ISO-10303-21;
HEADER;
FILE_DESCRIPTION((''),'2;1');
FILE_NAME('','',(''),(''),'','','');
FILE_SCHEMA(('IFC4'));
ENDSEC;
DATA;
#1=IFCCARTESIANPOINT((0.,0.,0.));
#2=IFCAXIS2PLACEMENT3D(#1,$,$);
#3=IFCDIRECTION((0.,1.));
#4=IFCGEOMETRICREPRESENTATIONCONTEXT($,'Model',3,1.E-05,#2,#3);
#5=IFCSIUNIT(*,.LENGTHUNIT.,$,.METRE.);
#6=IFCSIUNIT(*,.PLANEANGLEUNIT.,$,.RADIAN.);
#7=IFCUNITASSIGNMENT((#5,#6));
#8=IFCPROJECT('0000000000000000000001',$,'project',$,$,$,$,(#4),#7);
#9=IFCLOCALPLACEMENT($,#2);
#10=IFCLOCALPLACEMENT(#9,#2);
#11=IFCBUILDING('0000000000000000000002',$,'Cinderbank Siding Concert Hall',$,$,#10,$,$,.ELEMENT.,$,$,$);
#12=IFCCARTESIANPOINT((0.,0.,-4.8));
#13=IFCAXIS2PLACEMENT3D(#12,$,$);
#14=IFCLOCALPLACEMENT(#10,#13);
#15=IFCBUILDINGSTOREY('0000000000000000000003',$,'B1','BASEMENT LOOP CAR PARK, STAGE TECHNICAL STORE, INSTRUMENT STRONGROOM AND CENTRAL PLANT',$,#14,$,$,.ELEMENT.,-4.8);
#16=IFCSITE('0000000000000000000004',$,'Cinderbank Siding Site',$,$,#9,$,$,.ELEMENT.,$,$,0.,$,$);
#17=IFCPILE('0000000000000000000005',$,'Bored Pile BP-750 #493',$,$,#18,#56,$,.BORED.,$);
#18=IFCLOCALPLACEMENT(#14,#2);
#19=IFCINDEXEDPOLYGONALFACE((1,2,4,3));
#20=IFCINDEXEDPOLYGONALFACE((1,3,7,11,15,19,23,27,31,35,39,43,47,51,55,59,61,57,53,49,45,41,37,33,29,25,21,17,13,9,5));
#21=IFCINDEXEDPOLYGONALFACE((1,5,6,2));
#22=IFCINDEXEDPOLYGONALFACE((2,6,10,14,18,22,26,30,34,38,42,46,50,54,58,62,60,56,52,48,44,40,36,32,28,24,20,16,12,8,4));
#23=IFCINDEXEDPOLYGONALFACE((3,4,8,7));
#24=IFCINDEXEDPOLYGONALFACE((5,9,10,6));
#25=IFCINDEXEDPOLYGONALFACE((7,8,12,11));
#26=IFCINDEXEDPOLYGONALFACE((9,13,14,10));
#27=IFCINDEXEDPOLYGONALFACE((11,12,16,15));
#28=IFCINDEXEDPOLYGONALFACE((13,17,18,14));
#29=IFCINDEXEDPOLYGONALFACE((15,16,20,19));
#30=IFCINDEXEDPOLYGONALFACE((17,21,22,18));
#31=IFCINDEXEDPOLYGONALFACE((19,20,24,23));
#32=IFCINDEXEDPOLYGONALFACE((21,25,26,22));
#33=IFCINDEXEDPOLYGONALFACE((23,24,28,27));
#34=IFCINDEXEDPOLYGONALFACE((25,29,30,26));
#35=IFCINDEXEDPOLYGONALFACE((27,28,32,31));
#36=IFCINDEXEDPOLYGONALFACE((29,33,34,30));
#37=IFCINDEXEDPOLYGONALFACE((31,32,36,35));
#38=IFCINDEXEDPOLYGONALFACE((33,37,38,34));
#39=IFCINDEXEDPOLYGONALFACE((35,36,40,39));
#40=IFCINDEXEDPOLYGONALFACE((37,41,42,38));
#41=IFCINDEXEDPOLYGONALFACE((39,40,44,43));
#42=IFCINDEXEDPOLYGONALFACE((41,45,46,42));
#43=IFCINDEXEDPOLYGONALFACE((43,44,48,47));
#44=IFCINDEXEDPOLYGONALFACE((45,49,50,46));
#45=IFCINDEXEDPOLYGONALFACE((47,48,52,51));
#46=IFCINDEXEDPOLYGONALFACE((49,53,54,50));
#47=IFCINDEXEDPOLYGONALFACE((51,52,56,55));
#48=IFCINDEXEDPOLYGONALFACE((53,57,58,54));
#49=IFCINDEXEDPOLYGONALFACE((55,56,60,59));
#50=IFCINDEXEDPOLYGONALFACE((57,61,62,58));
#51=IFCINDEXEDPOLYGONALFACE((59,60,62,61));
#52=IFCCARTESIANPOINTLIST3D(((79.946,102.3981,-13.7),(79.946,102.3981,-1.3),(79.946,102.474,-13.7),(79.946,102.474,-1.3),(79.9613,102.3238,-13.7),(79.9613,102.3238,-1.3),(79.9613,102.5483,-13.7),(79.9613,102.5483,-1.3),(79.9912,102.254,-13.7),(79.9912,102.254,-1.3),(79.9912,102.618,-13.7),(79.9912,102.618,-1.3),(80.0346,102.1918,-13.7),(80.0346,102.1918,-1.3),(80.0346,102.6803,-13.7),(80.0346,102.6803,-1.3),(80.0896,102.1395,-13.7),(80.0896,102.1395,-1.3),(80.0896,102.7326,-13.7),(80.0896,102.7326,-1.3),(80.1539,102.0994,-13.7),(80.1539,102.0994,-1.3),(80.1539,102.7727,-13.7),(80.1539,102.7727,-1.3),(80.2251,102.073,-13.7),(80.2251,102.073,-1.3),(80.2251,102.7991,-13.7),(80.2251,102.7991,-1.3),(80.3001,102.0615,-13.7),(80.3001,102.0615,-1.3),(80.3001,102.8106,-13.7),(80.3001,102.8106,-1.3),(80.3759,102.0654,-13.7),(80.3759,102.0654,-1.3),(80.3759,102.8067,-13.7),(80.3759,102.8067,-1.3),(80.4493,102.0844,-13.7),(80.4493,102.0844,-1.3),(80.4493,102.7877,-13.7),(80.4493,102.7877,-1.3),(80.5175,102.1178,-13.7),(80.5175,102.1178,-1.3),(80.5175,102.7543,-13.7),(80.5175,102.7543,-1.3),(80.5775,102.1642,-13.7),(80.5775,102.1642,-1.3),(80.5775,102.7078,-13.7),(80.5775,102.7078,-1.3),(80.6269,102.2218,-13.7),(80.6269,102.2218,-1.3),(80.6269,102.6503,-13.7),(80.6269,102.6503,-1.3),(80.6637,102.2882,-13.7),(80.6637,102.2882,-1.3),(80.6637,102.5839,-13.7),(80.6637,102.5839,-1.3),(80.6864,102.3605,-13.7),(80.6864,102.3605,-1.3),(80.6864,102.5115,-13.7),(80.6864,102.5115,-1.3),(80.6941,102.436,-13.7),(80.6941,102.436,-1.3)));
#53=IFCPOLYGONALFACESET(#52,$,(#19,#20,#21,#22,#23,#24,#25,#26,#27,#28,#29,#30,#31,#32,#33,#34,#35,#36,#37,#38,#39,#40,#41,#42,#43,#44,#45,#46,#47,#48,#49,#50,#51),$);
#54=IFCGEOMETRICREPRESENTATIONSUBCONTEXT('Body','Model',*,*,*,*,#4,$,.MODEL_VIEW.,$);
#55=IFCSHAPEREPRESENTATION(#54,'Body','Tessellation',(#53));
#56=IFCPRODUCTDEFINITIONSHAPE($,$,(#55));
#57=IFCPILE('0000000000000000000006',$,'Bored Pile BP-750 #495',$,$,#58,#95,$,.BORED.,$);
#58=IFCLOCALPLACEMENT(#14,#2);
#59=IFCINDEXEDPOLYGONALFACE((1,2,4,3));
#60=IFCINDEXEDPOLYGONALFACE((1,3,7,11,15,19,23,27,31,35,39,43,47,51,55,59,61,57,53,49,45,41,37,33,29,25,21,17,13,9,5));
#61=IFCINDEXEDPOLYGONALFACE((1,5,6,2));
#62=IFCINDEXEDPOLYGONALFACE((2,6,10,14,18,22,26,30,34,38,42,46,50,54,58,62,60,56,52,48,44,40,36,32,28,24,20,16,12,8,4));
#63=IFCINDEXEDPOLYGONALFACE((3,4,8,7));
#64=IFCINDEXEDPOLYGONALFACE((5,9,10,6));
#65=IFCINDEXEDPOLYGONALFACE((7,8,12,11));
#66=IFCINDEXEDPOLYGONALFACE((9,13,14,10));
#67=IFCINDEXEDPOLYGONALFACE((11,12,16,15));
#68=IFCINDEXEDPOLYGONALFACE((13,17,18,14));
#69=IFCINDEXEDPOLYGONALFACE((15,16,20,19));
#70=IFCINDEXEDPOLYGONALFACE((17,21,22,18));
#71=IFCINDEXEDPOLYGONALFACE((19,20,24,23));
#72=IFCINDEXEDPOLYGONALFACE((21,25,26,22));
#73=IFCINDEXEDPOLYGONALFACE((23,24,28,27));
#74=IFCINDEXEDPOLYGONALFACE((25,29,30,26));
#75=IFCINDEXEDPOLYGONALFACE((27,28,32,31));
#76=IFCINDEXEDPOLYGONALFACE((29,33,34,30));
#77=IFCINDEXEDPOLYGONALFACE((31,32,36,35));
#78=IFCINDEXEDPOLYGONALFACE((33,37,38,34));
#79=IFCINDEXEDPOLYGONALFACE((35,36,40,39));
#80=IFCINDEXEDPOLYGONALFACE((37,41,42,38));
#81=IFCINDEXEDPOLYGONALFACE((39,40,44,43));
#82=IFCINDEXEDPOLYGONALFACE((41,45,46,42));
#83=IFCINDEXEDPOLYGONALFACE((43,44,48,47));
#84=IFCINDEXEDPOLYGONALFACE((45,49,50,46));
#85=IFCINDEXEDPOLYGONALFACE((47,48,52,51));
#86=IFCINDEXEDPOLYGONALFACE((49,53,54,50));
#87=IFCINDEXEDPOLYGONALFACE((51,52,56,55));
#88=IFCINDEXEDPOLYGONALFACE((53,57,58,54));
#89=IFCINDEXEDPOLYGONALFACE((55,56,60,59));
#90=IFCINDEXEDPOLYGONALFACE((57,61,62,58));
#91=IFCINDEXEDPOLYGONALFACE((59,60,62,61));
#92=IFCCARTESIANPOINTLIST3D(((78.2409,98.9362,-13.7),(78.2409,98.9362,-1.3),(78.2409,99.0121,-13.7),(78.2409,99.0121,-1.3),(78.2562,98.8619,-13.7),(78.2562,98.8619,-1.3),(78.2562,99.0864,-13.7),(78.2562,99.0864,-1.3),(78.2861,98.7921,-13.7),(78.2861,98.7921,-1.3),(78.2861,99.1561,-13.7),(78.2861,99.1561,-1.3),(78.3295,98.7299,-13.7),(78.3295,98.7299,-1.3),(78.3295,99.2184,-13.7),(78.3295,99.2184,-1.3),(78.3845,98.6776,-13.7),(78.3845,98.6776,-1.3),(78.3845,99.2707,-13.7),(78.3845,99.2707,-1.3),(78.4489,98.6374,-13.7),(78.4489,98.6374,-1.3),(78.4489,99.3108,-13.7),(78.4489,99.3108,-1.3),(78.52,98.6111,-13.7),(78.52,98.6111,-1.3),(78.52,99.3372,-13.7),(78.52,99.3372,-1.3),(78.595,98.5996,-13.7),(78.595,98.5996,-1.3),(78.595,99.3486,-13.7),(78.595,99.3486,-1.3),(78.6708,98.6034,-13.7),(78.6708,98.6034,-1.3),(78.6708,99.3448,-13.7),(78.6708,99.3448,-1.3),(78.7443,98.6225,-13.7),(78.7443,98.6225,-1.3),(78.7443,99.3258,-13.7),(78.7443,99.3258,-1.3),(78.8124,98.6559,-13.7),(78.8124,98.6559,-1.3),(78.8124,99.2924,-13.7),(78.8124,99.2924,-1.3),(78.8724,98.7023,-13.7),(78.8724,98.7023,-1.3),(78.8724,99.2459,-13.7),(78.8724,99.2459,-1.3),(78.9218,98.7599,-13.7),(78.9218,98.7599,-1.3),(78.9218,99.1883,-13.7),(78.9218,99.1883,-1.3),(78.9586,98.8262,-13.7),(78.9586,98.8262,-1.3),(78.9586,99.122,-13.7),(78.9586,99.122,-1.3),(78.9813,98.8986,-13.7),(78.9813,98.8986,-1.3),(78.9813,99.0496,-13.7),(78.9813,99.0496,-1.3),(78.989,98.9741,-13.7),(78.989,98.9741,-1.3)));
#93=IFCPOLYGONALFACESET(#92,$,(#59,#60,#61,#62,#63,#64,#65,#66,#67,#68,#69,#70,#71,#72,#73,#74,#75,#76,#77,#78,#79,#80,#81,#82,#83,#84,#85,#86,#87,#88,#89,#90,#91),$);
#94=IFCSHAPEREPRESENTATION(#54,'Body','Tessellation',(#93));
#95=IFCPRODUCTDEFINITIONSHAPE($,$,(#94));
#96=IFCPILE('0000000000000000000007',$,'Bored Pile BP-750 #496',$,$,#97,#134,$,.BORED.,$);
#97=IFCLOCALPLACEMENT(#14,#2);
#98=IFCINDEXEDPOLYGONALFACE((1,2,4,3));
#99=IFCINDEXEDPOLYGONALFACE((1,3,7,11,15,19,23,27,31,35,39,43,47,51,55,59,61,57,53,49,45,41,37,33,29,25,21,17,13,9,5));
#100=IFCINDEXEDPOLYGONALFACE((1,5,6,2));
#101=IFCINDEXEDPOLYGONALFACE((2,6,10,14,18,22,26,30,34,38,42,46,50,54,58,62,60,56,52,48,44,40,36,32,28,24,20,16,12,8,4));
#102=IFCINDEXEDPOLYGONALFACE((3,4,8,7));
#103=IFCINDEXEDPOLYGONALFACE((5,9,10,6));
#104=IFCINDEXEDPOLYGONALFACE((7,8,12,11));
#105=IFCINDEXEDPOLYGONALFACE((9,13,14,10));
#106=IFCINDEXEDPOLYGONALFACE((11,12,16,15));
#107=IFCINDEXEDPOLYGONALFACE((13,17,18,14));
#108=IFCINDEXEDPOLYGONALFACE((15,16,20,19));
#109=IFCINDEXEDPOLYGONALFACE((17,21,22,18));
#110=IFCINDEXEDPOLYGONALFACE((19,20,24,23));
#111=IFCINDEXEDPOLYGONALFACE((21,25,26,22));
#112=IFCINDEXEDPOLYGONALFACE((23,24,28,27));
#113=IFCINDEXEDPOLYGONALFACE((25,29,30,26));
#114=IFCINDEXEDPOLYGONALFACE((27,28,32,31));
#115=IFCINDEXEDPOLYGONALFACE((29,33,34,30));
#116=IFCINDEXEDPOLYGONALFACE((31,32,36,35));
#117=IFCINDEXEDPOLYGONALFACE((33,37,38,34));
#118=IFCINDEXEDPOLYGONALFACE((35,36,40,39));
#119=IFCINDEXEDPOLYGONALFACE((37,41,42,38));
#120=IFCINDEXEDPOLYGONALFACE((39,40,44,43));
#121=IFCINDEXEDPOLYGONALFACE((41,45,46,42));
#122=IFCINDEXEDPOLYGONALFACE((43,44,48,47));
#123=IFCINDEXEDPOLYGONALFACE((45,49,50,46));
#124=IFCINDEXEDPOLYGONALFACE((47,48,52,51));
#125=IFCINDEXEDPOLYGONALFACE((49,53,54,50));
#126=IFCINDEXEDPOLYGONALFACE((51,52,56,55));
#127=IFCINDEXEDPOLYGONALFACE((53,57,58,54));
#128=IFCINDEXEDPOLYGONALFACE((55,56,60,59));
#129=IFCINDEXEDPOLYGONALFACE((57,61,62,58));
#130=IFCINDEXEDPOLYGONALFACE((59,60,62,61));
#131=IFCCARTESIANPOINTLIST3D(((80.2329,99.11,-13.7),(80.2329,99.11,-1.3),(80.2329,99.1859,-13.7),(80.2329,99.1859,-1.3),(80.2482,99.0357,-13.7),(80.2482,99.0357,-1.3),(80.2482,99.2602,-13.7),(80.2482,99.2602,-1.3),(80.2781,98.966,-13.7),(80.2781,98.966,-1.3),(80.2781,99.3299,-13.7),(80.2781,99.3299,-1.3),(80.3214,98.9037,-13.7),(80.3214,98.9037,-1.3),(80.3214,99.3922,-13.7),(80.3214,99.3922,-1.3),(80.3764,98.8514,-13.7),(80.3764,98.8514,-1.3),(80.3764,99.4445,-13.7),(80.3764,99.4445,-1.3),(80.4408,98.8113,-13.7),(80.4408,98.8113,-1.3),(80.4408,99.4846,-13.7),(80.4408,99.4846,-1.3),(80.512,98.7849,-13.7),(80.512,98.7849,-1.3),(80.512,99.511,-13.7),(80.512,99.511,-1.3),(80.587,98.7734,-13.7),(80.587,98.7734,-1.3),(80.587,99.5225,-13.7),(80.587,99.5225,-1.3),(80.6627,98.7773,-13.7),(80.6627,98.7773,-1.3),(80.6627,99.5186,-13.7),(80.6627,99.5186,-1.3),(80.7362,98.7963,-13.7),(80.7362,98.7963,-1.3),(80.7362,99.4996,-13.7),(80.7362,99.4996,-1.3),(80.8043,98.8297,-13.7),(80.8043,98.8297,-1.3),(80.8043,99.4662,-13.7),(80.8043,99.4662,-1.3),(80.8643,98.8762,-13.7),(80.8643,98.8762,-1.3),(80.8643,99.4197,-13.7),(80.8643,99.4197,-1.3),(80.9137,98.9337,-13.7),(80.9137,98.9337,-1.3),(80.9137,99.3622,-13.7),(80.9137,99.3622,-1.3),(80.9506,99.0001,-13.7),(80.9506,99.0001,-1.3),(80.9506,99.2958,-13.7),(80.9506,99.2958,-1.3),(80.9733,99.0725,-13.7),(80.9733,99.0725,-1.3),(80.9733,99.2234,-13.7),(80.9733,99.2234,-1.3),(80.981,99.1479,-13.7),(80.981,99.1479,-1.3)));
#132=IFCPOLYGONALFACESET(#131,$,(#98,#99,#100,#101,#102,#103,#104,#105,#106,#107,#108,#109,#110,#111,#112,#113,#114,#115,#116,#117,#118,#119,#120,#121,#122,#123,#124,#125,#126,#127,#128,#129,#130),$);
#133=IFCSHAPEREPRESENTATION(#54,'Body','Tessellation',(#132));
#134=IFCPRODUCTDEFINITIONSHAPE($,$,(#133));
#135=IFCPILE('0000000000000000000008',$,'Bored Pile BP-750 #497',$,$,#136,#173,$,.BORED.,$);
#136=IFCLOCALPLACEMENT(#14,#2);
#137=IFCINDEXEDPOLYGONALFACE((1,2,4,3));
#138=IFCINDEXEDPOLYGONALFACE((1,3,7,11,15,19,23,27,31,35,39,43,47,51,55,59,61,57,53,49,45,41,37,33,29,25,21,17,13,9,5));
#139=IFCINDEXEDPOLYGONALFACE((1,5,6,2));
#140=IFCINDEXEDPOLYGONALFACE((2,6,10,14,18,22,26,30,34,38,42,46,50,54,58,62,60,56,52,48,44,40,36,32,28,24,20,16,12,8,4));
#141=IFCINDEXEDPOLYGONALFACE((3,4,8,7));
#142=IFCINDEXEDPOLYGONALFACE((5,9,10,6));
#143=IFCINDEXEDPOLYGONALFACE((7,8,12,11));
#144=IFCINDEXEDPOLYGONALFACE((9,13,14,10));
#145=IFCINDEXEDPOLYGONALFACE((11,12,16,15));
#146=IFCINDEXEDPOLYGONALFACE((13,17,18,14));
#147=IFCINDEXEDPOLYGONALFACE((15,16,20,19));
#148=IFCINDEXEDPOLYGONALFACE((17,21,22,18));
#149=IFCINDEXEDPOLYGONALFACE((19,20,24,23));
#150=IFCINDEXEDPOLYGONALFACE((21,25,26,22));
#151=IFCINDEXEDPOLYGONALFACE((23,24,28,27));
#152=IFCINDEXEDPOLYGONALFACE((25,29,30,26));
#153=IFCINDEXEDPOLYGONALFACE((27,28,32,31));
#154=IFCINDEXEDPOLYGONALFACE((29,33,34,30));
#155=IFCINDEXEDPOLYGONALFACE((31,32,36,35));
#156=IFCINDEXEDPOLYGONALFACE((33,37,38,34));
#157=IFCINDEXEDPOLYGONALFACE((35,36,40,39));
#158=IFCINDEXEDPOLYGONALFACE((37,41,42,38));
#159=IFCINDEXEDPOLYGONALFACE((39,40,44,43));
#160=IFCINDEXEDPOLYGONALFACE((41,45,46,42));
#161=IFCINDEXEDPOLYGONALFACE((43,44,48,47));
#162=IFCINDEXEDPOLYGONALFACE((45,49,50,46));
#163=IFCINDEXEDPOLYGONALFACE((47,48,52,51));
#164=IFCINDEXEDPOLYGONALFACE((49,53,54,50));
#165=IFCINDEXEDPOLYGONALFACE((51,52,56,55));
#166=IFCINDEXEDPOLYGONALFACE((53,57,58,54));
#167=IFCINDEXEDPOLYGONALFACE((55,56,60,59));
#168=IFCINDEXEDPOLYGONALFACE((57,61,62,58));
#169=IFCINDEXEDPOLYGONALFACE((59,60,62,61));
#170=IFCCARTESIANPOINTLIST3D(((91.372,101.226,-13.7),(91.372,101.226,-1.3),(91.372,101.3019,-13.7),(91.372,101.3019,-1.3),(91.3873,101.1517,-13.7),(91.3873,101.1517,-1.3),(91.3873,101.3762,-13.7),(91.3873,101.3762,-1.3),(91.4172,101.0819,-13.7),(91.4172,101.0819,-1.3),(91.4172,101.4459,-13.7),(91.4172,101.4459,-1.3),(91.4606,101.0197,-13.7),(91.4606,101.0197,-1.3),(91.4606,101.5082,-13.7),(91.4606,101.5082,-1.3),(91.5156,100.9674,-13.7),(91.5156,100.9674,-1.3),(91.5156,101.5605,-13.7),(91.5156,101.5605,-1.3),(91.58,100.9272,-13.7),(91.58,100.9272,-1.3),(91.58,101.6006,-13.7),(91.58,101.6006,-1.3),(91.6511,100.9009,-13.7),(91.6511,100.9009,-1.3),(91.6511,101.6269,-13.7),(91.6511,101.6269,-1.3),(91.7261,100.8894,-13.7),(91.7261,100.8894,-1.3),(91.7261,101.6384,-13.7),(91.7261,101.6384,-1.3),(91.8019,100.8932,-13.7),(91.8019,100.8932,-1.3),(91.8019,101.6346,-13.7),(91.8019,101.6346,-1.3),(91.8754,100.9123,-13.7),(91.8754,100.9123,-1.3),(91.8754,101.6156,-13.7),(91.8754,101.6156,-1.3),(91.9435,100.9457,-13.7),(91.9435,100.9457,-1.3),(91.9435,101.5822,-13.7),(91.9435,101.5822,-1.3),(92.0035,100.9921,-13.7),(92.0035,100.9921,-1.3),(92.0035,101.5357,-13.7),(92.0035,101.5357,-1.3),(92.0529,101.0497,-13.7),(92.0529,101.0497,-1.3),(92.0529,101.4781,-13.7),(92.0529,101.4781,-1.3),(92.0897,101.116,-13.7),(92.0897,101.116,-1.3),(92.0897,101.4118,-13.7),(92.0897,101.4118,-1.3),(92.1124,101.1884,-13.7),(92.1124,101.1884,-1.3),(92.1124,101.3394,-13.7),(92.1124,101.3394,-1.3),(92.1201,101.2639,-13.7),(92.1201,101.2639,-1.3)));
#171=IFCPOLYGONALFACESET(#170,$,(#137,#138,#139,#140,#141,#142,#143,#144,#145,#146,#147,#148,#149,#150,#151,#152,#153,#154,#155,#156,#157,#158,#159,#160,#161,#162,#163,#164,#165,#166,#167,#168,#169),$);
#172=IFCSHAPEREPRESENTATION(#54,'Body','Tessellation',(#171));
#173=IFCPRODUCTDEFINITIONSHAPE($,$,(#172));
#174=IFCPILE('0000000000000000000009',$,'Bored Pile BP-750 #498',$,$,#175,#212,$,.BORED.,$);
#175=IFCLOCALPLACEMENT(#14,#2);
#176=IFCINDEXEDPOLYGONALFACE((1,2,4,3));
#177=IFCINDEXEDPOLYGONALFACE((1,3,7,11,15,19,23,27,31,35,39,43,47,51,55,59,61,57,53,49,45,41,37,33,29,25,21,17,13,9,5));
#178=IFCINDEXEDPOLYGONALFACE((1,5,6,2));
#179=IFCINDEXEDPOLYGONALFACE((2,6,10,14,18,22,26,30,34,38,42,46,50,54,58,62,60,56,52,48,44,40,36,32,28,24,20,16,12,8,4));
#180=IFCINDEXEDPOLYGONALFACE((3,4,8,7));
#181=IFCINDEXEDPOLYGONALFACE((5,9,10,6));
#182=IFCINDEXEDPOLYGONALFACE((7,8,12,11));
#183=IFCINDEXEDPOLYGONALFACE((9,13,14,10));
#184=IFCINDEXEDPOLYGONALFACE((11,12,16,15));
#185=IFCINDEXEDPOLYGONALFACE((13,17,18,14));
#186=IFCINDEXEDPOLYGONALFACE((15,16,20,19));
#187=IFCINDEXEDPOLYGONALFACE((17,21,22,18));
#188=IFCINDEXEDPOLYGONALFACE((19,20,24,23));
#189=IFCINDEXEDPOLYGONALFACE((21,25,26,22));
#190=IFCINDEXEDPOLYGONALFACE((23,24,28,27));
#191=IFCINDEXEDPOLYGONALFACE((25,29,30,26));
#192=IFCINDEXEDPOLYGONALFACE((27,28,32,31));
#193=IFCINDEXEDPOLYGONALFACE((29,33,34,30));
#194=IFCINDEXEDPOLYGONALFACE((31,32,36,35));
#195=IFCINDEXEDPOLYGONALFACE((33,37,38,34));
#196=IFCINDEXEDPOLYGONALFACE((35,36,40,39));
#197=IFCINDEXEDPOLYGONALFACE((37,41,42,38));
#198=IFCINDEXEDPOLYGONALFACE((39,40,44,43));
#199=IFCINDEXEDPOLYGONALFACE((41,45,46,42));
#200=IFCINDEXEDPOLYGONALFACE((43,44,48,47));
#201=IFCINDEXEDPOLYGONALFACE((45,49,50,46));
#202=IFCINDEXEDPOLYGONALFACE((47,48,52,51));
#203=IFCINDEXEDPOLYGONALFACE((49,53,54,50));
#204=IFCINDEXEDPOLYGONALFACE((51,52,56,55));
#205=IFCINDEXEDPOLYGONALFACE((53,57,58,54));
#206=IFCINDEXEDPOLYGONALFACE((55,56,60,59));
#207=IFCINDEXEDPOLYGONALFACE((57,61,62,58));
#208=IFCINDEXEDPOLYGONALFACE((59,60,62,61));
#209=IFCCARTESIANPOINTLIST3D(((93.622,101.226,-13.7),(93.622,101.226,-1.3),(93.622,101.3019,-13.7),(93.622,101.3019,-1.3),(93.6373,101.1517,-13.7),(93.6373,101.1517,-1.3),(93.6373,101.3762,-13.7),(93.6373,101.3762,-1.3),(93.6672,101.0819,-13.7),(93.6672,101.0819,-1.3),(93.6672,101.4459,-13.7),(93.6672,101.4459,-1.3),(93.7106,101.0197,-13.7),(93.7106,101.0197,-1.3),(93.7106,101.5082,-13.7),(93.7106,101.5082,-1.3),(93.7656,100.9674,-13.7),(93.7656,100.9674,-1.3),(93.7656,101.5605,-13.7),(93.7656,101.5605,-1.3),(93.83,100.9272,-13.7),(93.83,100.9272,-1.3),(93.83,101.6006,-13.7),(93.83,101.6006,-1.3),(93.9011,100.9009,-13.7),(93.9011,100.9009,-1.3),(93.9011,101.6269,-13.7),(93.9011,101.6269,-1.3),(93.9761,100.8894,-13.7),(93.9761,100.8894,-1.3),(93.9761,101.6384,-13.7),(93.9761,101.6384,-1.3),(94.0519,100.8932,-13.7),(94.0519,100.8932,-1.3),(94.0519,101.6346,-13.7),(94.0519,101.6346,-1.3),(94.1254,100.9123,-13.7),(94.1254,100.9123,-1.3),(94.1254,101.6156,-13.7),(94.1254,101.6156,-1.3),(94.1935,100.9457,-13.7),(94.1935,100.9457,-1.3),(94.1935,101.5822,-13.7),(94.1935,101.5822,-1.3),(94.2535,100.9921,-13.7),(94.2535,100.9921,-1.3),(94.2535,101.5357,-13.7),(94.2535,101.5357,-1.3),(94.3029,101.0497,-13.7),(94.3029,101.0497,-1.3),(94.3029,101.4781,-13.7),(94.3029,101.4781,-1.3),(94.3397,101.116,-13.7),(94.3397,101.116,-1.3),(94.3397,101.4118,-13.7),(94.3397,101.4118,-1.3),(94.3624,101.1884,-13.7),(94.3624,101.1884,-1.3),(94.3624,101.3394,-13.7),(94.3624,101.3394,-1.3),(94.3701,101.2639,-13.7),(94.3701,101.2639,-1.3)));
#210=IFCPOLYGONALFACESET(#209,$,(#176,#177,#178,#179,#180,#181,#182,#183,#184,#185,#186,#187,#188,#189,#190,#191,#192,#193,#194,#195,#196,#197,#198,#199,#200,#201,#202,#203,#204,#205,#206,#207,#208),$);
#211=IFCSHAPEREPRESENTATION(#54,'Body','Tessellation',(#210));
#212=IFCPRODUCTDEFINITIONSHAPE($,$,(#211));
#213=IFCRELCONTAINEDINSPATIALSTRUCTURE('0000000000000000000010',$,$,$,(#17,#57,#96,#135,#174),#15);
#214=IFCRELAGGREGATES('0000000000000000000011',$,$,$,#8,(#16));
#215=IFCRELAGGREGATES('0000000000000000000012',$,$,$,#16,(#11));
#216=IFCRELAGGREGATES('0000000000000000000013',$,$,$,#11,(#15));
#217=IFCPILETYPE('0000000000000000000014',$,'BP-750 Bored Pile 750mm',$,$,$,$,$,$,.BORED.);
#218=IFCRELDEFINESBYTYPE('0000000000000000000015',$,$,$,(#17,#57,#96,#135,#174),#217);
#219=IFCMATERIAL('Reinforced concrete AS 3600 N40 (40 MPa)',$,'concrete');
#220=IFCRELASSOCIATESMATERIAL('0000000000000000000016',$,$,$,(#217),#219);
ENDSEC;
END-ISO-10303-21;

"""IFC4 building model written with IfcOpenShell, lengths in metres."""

from ifc_helpers import new_model, si_unit, direction, frame, origin, origin_2d, place, context, subcontext, project, spatial, circle, extrude, material, material_profile, profile_set, type_object, element, save


model = new_model("IFC4")

# Units and contexts
model_context = context("Model", 3, precision=1e-05, world=origin(), true_north=direction((0.0, 1.0)))
body_context = subcontext(model_context, "Body", "Model", "MODEL_VIEW")
ifc_project = project(units=[si_unit("LENGTHUNIT", "METRE"), si_unit("PLANEANGLEUNIT", "RADIAN")], contexts=[model_context])

# Site, building, storey
site_placement = place(None, origin())
site = spatial("IfcSite", under=ifc_project, at=site_placement, Name="Cinderbank Siding Site", CompositionType="ELEMENT", RefElevation=0.0)
building_placement = place(site_placement, origin())
building = spatial("IfcBuilding", under=site, at=building_placement, Name="Cinderbank Siding Concert Hall", CompositionType="ELEMENT")
storey_placement = place(building_placement, frame((0.0, 0.0, -4.8)))
storey = spatial("IfcBuildingStorey", under=building, at=storey_placement, Name="B1", Description="BASEMENT LOOP CAR PARK, STAGE TECHNICAL STORE, INSTRUMENT STRONGROOM AND CENTRAL PLANT", CompositionType="ELEMENT", Elevation=-4.8)

# Piles
ifc_material_1 = material(Name="Reinforced concrete AS 3600 N40 (40 MPa)", Category="concrete")
ifc_material_profile_1 = material_profile(ifc_material_1, circle(Radius=0.375, at=origin_2d()), Name="PILE-750DIA", Category="LoadBearing")
ifc_profile_set_1 = profile_set([ifc_material_profile_1], Name="Reinforced concrete AS 3600 N40 (40 MPa)")
pile_type = type_object("IfcPileType", Name="BP-750 Bored Pile 750mm", PredefinedType="BORED", material=ifc_profile_set_1)
for number, where, z_axis, x_axis, name in (
    (1, (80.3191, 102.436, -1.3), (0.0, 0.0, -1.0), (1.0, 0.0, 0.0), "Bored Pile BP-750 #493"),
    (2, (78.614, 98.9741, -1.3), (0.0, 0.0, -1.0), (1.0, 0.0, 0.0), "Bored Pile BP-750 #495"),
    (3, (80.606, 99.1479, -1.3), (0.0, 0.0, -1.0), (1.0, 0.0, 0.0), "Bored Pile BP-750 #496"),
    (4, (91.7451, 101.2639, -1.3), (0.0, 0.0, -1.0), (1.0, 0.0, 0.0), "Bored Pile BP-750 #497"),
    (5, (93.9951, 101.2639, -1.3), (0.0, 0.0, -1.0), (1.0, 0.0, 0.0), "Bored Pile BP-750 #498"),
):
    element("IfcPile", number, at=place(storey_placement, frame(where, z_axis=z_axis, x_axis=x_axis)), inside=storey, type_object=pile_type, Name=name, PredefinedType="BORED", context=body_context, shape_type="SweptSolid", body=[
        extrude(circle(Radius=0.375, at=origin_2d()), origin(), (0.0, 0.0, 1.0), 12.3999),
    ])

save(model, "model.ifc")
